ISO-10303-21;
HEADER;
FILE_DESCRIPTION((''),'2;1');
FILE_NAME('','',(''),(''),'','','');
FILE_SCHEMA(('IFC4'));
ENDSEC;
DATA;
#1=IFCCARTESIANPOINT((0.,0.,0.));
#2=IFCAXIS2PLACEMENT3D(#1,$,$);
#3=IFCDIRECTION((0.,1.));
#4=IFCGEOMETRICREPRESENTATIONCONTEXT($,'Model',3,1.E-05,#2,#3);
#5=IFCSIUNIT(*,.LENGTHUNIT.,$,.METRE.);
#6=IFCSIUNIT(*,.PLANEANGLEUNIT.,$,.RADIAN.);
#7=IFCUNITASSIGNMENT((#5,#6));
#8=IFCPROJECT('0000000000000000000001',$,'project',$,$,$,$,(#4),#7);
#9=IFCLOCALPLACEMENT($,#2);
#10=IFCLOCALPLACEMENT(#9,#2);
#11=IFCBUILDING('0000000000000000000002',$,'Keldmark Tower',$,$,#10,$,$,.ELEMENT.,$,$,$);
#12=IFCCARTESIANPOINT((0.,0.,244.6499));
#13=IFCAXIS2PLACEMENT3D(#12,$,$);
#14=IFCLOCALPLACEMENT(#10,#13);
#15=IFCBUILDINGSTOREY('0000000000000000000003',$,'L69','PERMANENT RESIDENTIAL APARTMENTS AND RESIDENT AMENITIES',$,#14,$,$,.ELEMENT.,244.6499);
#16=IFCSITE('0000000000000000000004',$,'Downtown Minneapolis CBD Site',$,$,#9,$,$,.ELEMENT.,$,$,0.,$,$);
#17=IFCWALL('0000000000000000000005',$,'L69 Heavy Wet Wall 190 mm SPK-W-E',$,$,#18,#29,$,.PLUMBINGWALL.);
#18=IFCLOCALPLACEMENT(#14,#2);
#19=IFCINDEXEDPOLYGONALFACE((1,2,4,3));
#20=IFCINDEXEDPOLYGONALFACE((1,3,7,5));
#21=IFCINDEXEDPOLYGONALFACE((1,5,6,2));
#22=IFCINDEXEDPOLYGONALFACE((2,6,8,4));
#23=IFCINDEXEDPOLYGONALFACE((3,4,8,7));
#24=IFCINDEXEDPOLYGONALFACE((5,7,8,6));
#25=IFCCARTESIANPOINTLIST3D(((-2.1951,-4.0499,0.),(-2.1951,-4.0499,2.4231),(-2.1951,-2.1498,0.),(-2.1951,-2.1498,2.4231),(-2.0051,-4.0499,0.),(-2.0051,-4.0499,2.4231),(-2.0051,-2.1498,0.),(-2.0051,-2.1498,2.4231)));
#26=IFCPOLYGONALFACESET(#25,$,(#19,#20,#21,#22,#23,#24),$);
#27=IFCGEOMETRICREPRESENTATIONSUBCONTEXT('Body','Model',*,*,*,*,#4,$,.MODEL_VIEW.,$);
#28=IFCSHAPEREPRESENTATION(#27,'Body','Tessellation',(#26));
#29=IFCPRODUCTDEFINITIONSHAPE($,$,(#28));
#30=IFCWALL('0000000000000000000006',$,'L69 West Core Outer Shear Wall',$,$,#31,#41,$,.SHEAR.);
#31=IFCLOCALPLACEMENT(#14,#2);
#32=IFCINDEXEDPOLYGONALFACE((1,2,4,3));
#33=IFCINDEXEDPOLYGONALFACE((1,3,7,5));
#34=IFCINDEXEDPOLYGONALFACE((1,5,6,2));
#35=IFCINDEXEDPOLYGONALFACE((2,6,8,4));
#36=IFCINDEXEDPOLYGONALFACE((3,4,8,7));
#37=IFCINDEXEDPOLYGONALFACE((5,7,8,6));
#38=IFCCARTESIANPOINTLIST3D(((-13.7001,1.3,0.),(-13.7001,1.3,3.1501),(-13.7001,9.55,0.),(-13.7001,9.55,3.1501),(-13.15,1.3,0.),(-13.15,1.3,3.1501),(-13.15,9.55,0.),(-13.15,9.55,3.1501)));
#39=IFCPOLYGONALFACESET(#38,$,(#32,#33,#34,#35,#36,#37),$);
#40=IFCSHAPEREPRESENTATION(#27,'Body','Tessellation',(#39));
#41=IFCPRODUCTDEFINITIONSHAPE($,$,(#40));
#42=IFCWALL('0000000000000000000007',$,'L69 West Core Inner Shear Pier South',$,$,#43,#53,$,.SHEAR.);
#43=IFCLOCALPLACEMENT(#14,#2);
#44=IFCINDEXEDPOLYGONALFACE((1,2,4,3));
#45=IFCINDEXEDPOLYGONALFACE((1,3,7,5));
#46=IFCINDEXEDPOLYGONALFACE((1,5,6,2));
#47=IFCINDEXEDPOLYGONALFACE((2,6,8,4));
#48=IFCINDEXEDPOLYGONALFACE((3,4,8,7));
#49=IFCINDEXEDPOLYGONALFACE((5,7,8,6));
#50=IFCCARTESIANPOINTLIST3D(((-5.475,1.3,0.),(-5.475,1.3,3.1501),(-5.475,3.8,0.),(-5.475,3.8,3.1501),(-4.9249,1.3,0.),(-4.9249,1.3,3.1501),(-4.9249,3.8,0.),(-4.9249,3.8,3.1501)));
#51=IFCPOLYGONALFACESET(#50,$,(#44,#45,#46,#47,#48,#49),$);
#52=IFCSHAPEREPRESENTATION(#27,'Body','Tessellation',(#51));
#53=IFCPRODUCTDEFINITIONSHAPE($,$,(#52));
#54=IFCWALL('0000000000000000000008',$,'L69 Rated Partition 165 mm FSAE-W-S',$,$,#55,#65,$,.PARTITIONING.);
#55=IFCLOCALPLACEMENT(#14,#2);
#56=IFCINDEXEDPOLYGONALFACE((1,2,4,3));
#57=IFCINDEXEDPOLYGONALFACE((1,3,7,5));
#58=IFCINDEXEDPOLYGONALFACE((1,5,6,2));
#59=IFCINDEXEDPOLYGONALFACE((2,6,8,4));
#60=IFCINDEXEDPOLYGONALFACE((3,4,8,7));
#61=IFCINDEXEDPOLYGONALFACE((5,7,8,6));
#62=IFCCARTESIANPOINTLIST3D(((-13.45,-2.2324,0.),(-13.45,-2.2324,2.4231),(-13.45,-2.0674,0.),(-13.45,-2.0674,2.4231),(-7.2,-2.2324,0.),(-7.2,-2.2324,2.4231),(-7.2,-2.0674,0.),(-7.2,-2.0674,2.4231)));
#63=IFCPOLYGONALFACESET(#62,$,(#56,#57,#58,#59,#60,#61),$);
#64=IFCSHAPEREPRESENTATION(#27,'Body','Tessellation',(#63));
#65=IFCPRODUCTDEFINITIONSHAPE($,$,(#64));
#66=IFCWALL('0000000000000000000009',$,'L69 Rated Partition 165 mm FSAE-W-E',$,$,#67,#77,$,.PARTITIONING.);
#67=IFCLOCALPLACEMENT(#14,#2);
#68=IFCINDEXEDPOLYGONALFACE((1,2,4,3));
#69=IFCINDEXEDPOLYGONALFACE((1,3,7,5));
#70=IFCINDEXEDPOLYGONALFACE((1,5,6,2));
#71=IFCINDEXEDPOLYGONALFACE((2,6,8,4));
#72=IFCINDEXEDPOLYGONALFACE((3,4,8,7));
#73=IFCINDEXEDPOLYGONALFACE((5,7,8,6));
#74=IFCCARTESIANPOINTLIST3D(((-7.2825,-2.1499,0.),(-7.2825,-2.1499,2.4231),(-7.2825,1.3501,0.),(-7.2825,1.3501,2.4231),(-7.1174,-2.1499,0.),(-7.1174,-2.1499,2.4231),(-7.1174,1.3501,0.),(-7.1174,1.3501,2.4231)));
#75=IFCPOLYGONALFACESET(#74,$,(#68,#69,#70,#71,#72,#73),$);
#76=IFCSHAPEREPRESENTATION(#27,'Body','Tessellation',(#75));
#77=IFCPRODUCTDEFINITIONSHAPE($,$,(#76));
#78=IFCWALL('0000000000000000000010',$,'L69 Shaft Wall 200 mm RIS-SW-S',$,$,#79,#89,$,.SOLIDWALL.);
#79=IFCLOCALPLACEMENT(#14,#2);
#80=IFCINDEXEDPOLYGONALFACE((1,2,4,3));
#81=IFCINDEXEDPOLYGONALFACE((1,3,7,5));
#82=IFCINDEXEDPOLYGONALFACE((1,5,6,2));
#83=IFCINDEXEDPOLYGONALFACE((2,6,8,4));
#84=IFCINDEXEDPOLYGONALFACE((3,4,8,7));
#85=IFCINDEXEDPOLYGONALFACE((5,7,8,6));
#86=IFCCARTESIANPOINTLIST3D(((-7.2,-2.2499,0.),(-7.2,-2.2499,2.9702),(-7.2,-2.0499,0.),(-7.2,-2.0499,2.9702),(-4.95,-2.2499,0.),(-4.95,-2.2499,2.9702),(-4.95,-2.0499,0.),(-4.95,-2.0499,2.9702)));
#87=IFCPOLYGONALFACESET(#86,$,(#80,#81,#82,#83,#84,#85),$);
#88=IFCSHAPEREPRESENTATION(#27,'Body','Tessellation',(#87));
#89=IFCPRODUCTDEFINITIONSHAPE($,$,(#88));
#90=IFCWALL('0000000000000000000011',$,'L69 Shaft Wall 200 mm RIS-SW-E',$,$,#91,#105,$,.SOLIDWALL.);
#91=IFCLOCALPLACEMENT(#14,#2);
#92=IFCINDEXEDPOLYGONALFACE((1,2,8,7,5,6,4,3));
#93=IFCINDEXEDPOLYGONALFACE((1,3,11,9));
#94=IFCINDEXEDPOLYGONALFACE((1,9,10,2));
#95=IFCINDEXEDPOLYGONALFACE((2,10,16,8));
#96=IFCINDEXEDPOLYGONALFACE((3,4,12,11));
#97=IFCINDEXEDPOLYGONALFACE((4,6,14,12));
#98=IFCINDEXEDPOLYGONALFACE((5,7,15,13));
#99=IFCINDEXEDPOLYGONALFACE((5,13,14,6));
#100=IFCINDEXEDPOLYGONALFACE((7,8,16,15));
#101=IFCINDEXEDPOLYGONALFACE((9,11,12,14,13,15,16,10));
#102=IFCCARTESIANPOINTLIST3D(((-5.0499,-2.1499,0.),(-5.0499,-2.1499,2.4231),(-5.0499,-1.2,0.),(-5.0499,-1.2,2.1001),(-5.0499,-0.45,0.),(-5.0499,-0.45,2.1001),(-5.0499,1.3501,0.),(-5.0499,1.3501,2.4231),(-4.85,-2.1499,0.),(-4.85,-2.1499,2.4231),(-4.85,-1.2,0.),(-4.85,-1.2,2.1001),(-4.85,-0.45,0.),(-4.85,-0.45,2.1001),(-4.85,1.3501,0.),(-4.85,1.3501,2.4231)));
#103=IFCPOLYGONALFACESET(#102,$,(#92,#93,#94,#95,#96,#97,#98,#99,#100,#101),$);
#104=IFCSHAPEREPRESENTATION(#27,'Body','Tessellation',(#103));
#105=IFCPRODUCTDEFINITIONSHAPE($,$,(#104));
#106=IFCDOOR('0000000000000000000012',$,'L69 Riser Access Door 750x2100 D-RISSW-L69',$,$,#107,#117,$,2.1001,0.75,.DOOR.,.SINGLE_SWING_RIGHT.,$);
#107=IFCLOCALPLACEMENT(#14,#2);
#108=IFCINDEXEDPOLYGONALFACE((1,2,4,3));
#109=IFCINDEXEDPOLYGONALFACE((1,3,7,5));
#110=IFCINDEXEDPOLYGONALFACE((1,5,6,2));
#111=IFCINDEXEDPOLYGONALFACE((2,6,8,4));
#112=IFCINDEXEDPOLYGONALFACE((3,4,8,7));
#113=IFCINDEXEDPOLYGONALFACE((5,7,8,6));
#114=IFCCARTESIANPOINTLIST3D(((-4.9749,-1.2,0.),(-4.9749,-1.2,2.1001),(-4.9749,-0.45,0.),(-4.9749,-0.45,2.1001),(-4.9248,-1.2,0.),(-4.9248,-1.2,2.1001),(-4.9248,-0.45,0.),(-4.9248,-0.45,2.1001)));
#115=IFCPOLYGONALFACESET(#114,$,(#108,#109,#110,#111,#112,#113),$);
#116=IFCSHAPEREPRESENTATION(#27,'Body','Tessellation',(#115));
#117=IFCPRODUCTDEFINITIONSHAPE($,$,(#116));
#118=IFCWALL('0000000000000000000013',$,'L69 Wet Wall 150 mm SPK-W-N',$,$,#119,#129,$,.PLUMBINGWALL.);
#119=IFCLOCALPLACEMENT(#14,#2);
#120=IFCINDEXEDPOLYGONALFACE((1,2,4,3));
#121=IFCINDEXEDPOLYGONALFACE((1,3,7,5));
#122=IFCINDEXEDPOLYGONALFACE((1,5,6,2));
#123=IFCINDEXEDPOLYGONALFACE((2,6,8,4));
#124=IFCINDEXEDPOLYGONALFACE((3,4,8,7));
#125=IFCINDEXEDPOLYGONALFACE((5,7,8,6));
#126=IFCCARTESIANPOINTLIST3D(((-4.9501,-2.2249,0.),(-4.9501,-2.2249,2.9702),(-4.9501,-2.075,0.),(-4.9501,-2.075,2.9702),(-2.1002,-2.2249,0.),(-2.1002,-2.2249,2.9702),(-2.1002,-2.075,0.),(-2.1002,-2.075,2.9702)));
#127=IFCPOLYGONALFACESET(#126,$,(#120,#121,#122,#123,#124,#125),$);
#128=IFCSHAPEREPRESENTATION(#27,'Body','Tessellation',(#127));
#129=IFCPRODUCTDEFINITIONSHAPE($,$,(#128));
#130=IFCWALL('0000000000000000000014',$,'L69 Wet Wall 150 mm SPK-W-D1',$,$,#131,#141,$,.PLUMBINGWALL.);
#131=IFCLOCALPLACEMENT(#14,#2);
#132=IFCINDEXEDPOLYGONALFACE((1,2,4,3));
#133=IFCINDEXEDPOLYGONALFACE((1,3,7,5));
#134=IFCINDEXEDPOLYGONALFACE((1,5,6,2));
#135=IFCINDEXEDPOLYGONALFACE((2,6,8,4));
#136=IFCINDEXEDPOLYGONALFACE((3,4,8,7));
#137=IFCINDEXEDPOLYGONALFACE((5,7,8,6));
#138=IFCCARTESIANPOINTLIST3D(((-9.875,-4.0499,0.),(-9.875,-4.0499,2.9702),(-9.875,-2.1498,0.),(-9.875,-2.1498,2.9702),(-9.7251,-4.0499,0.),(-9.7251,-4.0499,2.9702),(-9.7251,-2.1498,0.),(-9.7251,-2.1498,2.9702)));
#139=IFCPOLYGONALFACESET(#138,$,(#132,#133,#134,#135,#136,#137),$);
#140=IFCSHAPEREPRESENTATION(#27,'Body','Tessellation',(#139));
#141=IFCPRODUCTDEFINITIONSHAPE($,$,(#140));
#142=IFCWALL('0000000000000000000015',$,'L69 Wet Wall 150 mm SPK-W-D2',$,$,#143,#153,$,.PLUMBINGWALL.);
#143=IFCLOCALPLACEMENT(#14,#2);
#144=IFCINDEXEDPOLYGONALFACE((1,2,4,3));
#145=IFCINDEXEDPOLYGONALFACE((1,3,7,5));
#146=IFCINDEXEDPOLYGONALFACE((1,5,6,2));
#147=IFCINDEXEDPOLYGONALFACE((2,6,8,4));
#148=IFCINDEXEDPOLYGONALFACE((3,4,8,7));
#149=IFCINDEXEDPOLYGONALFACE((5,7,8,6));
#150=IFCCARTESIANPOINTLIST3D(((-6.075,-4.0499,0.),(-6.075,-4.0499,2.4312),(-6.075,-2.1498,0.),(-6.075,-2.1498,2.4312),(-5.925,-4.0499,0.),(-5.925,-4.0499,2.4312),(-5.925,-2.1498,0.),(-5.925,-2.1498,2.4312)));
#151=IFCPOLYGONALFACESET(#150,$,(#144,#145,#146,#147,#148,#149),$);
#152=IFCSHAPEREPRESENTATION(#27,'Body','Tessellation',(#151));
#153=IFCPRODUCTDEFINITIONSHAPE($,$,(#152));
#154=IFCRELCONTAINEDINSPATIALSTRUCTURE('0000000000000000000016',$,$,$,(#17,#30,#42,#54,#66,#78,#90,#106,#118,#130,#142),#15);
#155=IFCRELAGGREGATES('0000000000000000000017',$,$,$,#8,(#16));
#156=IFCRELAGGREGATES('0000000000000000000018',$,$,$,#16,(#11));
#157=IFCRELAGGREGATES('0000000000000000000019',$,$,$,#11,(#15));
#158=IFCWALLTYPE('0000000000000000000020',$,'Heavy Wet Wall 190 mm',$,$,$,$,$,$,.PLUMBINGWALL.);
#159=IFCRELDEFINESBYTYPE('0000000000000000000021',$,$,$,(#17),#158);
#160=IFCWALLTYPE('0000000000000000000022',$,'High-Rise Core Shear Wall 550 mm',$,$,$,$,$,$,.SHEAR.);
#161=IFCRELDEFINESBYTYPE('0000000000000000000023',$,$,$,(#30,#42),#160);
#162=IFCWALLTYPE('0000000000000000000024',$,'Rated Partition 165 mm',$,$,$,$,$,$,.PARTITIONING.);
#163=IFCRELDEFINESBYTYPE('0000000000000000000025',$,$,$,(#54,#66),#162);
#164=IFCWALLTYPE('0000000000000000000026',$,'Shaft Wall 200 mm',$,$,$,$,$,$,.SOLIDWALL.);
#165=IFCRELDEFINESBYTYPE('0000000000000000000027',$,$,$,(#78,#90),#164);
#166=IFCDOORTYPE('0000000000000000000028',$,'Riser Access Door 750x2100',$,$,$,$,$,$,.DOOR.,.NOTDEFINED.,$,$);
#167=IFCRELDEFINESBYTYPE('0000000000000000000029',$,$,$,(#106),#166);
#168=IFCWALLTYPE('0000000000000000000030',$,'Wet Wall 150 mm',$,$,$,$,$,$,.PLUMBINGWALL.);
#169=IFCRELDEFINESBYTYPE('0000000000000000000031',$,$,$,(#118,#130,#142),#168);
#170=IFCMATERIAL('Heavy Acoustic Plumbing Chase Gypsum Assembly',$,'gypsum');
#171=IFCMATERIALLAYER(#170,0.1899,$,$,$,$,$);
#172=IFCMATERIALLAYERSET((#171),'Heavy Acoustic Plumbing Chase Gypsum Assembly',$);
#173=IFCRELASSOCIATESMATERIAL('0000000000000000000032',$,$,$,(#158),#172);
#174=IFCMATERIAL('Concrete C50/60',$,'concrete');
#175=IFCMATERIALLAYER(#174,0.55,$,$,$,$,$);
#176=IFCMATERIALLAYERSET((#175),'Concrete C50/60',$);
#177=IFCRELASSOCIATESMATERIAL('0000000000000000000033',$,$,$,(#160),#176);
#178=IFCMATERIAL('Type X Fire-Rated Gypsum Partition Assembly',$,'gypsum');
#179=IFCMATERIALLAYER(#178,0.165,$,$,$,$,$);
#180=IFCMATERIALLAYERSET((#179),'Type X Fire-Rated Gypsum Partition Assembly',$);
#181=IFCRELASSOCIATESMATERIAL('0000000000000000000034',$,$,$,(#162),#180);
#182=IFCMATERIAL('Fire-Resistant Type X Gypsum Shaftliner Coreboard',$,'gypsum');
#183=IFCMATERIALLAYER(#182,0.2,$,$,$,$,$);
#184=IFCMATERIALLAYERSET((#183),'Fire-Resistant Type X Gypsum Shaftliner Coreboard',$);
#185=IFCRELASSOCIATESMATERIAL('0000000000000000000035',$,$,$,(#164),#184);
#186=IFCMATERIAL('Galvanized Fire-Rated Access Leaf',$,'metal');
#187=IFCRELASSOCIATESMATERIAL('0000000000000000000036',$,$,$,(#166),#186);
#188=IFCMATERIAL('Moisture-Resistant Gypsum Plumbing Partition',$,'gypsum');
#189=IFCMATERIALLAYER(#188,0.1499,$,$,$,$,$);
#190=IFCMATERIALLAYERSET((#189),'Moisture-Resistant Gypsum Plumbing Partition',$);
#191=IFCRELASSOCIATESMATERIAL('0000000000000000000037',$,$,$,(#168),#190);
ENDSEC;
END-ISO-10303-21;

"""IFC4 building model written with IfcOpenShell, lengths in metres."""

from ifc_helpers import new_model, si_unit, direction, frame, frame_2d, origin, place, context, subcontext, project, spatial, rectangle, extrude, material, layer, layer_set, type_object, element, fill, save


model = new_model("IFC4")

# Units and contexts
model_context = context("Model", 3, precision=1e-05, world=origin(), true_north=direction((0.0, 1.0)))
body_context = subcontext(model_context, "Body", "Model", "MODEL_VIEW")
ifc_project = project(units=[si_unit("LENGTHUNIT", "METRE"), si_unit("PLANEANGLEUNIT", "RADIAN")], contexts=[model_context])

# Site, building, storey
site_placement = place(None, origin())
site = spatial("IfcSite", under=ifc_project, at=site_placement, Name="Downtown Minneapolis CBD Site", CompositionType="ELEMENT", RefElevation=0.0)
building_placement = place(site_placement, origin())
building = spatial("IfcBuilding", under=site, at=building_placement, Name="Keldmark Tower", CompositionType="ELEMENT")
storey_placement = place(building_placement, frame((0.0, 0.0, 244.6499)))
storey = spatial("IfcBuildingStorey", under=building, at=storey_placement, Name="L69", Description="PERMANENT RESIDENTIAL APARTMENTS AND RESIDENT AMENITIES", CompositionType="ELEMENT", Elevation=244.6499)

# Shared definitions
ifc_material_1 = material(Name="Heavy Acoustic Plumbing Chase Gypsum Assembly", Category="gypsum")
ifc_layer_1 = layer(ifc_material_1, 0.1899)
ifc_layer_set_1 = layer_set([ifc_layer_1], Name="Heavy Acoustic Plumbing Chase Gypsum Assembly")
wall_type_1 = type_object("IfcWallType", Name="Heavy Wet Wall 190 mm", PredefinedType="PLUMBINGWALL", material=ifc_layer_set_1)

# Walls
for number, where, z_axis, x_axis, name in (
    (1, (-2.1001, -4.05, 0.0), (0.0, 0.0, 1.0), (0.0, 1.0, 0.0), "L69 Heavy Wet Wall 190 mm SPK-W-E"),
):
    element("IfcWall", number, at=place(storey_placement, frame(where, z_axis=z_axis, x_axis=x_axis)), inside=storey, type_object=wall_type_1, Name=name, PredefinedType="PLUMBINGWALL", context=body_context, shape_type="SweptSolid", body=[
        extrude(rectangle(XDim=1.9001, YDim=0.1899, at=frame_2d((0.9502, 0.0))), origin(), (0.0, 0.0, 1.0), 2.4231),
    ])
ifc_material_2 = material(Name="Concrete C50/60", Category="concrete")
ifc_layer_2 = layer(ifc_material_2, 0.55)
ifc_layer_set_2 = layer_set([ifc_layer_2], Name="Concrete C50/60")
wall_type_2 = type_object("IfcWallType", Name="High-Rise Core Shear Wall 550 mm", PredefinedType="SHEAR", material=ifc_layer_set_2)
wall_1_placement = place(storey_placement, frame((-13.425, 1.3, 0.0), z_axis=(0.0, 0.0, 1.0), x_axis=(0.0, 1.0, 0.0)))
element("IfcWall", 2, at=wall_1_placement, inside=storey, type_object=wall_type_2, Name="L69 West Core Outer Shear Wall", PredefinedType="SHEAR", context=body_context, shape_type="SweptSolid", body=[
    extrude(rectangle(XDim=8.25, YDim=0.55, at=frame_2d((4.125, 0.0))), origin(), (0.0, 0.0, 1.0), 3.1501),
])
wall_2_placement = place(storey_placement, frame((-5.2, 1.3, 0.0), z_axis=(0.0, 0.0, 1.0), x_axis=(0.0, 1.0, 0.0)))
element("IfcWall", 3, at=wall_2_placement, inside=storey, type_object=wall_type_2, Name="L69 West Core Inner Shear Pier South", PredefinedType="SHEAR", context=body_context, shape_type="SweptSolid", body=[
    extrude(rectangle(XDim=2.5, YDim=0.55, at=frame_2d((1.25, 0.0))), origin(), (0.0, 0.0, 1.0), 3.1501),
])
ifc_material_3 = material(Name="Type X Fire-Rated Gypsum Partition Assembly", Category="gypsum")
ifc_layer_3 = layer(ifc_material_3, 0.165)
ifc_layer_set_3 = layer_set([ifc_layer_3], Name="Type X Fire-Rated Gypsum Partition Assembly")
wall_type_3 = type_object("IfcWallType", Name="Rated Partition 165 mm", PredefinedType="PARTITIONING", material=ifc_layer_set_3)
wall_3_placement = place(storey_placement, frame((-13.45, -2.1499, 0.0), z_axis=(0.0, 0.0, 1.0), x_axis=(1.0, 0.0, 0.0)))
element("IfcWall", 4, at=wall_3_placement, inside=storey, type_object=wall_type_3, Name="L69 Rated Partition 165 mm FSAE-W-S", PredefinedType="PARTITIONING", context=body_context, shape_type="SweptSolid", body=[
    extrude(rectangle(XDim=6.25, YDim=0.165, at=frame_2d((3.125, 0.0))), origin(), (0.0, 0.0, 1.0), 2.4231),
])

# Walls
wall_4_placement = place(storey_placement, frame((-7.2, -2.1499, 0.0), z_axis=(0.0, 0.0, 1.0), x_axis=(0.0, 1.0, 0.0)))
element("IfcWall", 5, at=wall_4_placement, inside=storey, type_object=wall_type_3, Name="L69 Rated Partition 165 mm FSAE-W-E", PredefinedType="PARTITIONING", context=body_context, shape_type="SweptSolid", body=[
    extrude(rectangle(XDim=3.5, YDim=0.165, at=frame_2d((1.75, 0.0))), origin(), (0.0, 0.0, 1.0), 2.4231),
])
ifc_material_4 = material(Name="Fire-Resistant Type X Gypsum Shaftliner Coreboard", Category="gypsum")
ifc_layer_4 = layer(ifc_material_4, 0.2)
ifc_layer_set_4 = layer_set([ifc_layer_4], Name="Fire-Resistant Type X Gypsum Shaftliner Coreboard")
wall_type_4 = type_object("IfcWallType", Name="Shaft Wall 200 mm", PredefinedType="SOLIDWALL", material=ifc_layer_set_4)
wall_5_placement = place(storey_placement, frame((-7.2, -2.1499, 0.0), z_axis=(0.0, 0.0, 1.0), x_axis=(1.0, 0.0, 0.0)))
element("IfcWall", 6, at=wall_5_placement, inside=storey, type_object=wall_type_4, Name="L69 Shaft Wall 200 mm RIS-SW-S", PredefinedType="SOLIDWALL", context=body_context, shape_type="SweptSolid", body=[
    extrude(rectangle(XDim=2.25, YDim=0.2, at=frame_2d((1.125, 0.0))), origin(), (0.0, 0.0, 1.0), 2.9702),
])

# Wall, opening, door
wall_6_placement = place(storey_placement, frame((-4.95, -2.1499, 0.0), z_axis=(0.0, 0.0, 1.0), x_axis=(0.0, 1.0, 0.0)))
wall_6 = element("IfcWall", 7, at=wall_6_placement, inside=storey, type_object=wall_type_4, Name="L69 Shaft Wall 200 mm RIS-SW-E", PredefinedType="SOLIDWALL", context=body_context, shape_type="SweptSolid", body=[
    extrude(rectangle(XDim=3.5, YDim=0.2, at=frame_2d((1.75, 0.0))), origin(), (0.0, 0.0, 1.0), 2.4231),
])
opening_1_placement = place(wall_6_placement, frame((0.95, 0.0, 0.0)))
opening_1 = element("IfcOpeningElement", 8, at=opening_1_placement, cuts=wall_6, PredefinedType="OPENING", context=body_context, shape_type="SweptSolid", body=[
    extrude(rectangle(XDim=0.75, YDim=2.1001, at=frame_2d((0.375, 1.05))), frame((0.0, 0.1099, 0.0), z_axis=(0.0, -1.0, 0.0), x_axis=(1.0, 0.0, 0.0)), (0.0, 0.0, 1.0), 0.22),
])
ifc_material_5 = material(Name="Galvanized Fire-Rated Access Leaf", Category="metal")
door_type_1 = type_object("IfcDoorType", Name="Riser Access Door 750x2100", OperationType="NOTDEFINED", PredefinedType="DOOR", material=ifc_material_5)
door_1_placement = place(opening_1_placement, origin())
door_1 = element("IfcDoor", 9, at=door_1_placement, inside=storey, type_object=door_type_1, Name="L69 Riser Access Door 750x2100 D-RISSW-L69", OperationType="SINGLE_SWING_RIGHT", OverallHeight=2.1001, OverallWidth=0.75, PredefinedType="DOOR", context=body_context, shape_type="SweptSolid", body=[
    extrude(rectangle(XDim=0.75, YDim=2.1001, at=frame_2d((0.375, 1.05))), frame((0.0, 0.0249, 0.0), z_axis=(0.0, -1.0, 0.0), x_axis=(1.0, 0.0, 0.0)), (0.0, 0.0, 1.0), 0.05),
])
fill(opening_1, door_1)

# Walls
ifc_material_6 = material(Name="Moisture-Resistant Gypsum Plumbing Partition", Category="gypsum")
ifc_layer_5 = layer(ifc_material_6, 0.1499)
ifc_layer_set_5 = layer_set([ifc_layer_5], Name="Moisture-Resistant Gypsum Plumbing Partition")
wall_type_5 = type_object("IfcWallType", Name="Wet Wall 150 mm", PredefinedType="PLUMBINGWALL", material=ifc_layer_set_5)
wall_7_placement = place(storey_placement, frame((-4.95, -2.1499, 0.0), z_axis=(0.0, 0.0, 1.0), x_axis=(1.0, 0.0, 0.0)))
element("IfcWall", 10, at=wall_7_placement, inside=storey, type_object=wall_type_5, Name="L69 Wet Wall 150 mm SPK-W-N", PredefinedType="PLUMBINGWALL", context=body_context, shape_type="SweptSolid", body=[
    extrude(rectangle(XDim=2.8499, YDim=0.1499, at=frame_2d((1.4248, 0.0))), origin(), (0.0, 0.0, 1.0), 2.9702),
])
wall_8_placement = place(storey_placement, frame((-9.8, -4.05, 0.0), z_axis=(0.0, 0.0, 1.0), x_axis=(0.0, 1.0, 0.0)))
element("IfcWall", 11, at=wall_8_placement, inside=storey, type_object=wall_type_5, Name="L69 Wet Wall 150 mm SPK-W-D1", PredefinedType="PLUMBINGWALL", context=body_context, shape_type="SweptSolid", body=[
    extrude(rectangle(XDim=1.9001, YDim=0.1499, at=frame_2d((0.9502, 0.0))), origin(), (0.0, 0.0, 1.0), 2.9702),
])
wall_9_placement = place(storey_placement, frame((-6.0, -4.05, 0.0), z_axis=(0.0, 0.0, 1.0), x_axis=(0.0, 1.0, 0.0)))
element("IfcWall", 12, at=wall_9_placement, inside=storey, type_object=wall_type_5, Name="L69 Wet Wall 150 mm SPK-W-D2", PredefinedType="PLUMBINGWALL", context=body_context, shape_type="SweptSolid", body=[
    extrude(rectangle(XDim=1.9001, YDim=0.1499, at=frame_2d((0.9502, 0.0))), origin(), (0.0, 0.0, 1.0), 2.4312),
])

save(model, "model.ifc")
